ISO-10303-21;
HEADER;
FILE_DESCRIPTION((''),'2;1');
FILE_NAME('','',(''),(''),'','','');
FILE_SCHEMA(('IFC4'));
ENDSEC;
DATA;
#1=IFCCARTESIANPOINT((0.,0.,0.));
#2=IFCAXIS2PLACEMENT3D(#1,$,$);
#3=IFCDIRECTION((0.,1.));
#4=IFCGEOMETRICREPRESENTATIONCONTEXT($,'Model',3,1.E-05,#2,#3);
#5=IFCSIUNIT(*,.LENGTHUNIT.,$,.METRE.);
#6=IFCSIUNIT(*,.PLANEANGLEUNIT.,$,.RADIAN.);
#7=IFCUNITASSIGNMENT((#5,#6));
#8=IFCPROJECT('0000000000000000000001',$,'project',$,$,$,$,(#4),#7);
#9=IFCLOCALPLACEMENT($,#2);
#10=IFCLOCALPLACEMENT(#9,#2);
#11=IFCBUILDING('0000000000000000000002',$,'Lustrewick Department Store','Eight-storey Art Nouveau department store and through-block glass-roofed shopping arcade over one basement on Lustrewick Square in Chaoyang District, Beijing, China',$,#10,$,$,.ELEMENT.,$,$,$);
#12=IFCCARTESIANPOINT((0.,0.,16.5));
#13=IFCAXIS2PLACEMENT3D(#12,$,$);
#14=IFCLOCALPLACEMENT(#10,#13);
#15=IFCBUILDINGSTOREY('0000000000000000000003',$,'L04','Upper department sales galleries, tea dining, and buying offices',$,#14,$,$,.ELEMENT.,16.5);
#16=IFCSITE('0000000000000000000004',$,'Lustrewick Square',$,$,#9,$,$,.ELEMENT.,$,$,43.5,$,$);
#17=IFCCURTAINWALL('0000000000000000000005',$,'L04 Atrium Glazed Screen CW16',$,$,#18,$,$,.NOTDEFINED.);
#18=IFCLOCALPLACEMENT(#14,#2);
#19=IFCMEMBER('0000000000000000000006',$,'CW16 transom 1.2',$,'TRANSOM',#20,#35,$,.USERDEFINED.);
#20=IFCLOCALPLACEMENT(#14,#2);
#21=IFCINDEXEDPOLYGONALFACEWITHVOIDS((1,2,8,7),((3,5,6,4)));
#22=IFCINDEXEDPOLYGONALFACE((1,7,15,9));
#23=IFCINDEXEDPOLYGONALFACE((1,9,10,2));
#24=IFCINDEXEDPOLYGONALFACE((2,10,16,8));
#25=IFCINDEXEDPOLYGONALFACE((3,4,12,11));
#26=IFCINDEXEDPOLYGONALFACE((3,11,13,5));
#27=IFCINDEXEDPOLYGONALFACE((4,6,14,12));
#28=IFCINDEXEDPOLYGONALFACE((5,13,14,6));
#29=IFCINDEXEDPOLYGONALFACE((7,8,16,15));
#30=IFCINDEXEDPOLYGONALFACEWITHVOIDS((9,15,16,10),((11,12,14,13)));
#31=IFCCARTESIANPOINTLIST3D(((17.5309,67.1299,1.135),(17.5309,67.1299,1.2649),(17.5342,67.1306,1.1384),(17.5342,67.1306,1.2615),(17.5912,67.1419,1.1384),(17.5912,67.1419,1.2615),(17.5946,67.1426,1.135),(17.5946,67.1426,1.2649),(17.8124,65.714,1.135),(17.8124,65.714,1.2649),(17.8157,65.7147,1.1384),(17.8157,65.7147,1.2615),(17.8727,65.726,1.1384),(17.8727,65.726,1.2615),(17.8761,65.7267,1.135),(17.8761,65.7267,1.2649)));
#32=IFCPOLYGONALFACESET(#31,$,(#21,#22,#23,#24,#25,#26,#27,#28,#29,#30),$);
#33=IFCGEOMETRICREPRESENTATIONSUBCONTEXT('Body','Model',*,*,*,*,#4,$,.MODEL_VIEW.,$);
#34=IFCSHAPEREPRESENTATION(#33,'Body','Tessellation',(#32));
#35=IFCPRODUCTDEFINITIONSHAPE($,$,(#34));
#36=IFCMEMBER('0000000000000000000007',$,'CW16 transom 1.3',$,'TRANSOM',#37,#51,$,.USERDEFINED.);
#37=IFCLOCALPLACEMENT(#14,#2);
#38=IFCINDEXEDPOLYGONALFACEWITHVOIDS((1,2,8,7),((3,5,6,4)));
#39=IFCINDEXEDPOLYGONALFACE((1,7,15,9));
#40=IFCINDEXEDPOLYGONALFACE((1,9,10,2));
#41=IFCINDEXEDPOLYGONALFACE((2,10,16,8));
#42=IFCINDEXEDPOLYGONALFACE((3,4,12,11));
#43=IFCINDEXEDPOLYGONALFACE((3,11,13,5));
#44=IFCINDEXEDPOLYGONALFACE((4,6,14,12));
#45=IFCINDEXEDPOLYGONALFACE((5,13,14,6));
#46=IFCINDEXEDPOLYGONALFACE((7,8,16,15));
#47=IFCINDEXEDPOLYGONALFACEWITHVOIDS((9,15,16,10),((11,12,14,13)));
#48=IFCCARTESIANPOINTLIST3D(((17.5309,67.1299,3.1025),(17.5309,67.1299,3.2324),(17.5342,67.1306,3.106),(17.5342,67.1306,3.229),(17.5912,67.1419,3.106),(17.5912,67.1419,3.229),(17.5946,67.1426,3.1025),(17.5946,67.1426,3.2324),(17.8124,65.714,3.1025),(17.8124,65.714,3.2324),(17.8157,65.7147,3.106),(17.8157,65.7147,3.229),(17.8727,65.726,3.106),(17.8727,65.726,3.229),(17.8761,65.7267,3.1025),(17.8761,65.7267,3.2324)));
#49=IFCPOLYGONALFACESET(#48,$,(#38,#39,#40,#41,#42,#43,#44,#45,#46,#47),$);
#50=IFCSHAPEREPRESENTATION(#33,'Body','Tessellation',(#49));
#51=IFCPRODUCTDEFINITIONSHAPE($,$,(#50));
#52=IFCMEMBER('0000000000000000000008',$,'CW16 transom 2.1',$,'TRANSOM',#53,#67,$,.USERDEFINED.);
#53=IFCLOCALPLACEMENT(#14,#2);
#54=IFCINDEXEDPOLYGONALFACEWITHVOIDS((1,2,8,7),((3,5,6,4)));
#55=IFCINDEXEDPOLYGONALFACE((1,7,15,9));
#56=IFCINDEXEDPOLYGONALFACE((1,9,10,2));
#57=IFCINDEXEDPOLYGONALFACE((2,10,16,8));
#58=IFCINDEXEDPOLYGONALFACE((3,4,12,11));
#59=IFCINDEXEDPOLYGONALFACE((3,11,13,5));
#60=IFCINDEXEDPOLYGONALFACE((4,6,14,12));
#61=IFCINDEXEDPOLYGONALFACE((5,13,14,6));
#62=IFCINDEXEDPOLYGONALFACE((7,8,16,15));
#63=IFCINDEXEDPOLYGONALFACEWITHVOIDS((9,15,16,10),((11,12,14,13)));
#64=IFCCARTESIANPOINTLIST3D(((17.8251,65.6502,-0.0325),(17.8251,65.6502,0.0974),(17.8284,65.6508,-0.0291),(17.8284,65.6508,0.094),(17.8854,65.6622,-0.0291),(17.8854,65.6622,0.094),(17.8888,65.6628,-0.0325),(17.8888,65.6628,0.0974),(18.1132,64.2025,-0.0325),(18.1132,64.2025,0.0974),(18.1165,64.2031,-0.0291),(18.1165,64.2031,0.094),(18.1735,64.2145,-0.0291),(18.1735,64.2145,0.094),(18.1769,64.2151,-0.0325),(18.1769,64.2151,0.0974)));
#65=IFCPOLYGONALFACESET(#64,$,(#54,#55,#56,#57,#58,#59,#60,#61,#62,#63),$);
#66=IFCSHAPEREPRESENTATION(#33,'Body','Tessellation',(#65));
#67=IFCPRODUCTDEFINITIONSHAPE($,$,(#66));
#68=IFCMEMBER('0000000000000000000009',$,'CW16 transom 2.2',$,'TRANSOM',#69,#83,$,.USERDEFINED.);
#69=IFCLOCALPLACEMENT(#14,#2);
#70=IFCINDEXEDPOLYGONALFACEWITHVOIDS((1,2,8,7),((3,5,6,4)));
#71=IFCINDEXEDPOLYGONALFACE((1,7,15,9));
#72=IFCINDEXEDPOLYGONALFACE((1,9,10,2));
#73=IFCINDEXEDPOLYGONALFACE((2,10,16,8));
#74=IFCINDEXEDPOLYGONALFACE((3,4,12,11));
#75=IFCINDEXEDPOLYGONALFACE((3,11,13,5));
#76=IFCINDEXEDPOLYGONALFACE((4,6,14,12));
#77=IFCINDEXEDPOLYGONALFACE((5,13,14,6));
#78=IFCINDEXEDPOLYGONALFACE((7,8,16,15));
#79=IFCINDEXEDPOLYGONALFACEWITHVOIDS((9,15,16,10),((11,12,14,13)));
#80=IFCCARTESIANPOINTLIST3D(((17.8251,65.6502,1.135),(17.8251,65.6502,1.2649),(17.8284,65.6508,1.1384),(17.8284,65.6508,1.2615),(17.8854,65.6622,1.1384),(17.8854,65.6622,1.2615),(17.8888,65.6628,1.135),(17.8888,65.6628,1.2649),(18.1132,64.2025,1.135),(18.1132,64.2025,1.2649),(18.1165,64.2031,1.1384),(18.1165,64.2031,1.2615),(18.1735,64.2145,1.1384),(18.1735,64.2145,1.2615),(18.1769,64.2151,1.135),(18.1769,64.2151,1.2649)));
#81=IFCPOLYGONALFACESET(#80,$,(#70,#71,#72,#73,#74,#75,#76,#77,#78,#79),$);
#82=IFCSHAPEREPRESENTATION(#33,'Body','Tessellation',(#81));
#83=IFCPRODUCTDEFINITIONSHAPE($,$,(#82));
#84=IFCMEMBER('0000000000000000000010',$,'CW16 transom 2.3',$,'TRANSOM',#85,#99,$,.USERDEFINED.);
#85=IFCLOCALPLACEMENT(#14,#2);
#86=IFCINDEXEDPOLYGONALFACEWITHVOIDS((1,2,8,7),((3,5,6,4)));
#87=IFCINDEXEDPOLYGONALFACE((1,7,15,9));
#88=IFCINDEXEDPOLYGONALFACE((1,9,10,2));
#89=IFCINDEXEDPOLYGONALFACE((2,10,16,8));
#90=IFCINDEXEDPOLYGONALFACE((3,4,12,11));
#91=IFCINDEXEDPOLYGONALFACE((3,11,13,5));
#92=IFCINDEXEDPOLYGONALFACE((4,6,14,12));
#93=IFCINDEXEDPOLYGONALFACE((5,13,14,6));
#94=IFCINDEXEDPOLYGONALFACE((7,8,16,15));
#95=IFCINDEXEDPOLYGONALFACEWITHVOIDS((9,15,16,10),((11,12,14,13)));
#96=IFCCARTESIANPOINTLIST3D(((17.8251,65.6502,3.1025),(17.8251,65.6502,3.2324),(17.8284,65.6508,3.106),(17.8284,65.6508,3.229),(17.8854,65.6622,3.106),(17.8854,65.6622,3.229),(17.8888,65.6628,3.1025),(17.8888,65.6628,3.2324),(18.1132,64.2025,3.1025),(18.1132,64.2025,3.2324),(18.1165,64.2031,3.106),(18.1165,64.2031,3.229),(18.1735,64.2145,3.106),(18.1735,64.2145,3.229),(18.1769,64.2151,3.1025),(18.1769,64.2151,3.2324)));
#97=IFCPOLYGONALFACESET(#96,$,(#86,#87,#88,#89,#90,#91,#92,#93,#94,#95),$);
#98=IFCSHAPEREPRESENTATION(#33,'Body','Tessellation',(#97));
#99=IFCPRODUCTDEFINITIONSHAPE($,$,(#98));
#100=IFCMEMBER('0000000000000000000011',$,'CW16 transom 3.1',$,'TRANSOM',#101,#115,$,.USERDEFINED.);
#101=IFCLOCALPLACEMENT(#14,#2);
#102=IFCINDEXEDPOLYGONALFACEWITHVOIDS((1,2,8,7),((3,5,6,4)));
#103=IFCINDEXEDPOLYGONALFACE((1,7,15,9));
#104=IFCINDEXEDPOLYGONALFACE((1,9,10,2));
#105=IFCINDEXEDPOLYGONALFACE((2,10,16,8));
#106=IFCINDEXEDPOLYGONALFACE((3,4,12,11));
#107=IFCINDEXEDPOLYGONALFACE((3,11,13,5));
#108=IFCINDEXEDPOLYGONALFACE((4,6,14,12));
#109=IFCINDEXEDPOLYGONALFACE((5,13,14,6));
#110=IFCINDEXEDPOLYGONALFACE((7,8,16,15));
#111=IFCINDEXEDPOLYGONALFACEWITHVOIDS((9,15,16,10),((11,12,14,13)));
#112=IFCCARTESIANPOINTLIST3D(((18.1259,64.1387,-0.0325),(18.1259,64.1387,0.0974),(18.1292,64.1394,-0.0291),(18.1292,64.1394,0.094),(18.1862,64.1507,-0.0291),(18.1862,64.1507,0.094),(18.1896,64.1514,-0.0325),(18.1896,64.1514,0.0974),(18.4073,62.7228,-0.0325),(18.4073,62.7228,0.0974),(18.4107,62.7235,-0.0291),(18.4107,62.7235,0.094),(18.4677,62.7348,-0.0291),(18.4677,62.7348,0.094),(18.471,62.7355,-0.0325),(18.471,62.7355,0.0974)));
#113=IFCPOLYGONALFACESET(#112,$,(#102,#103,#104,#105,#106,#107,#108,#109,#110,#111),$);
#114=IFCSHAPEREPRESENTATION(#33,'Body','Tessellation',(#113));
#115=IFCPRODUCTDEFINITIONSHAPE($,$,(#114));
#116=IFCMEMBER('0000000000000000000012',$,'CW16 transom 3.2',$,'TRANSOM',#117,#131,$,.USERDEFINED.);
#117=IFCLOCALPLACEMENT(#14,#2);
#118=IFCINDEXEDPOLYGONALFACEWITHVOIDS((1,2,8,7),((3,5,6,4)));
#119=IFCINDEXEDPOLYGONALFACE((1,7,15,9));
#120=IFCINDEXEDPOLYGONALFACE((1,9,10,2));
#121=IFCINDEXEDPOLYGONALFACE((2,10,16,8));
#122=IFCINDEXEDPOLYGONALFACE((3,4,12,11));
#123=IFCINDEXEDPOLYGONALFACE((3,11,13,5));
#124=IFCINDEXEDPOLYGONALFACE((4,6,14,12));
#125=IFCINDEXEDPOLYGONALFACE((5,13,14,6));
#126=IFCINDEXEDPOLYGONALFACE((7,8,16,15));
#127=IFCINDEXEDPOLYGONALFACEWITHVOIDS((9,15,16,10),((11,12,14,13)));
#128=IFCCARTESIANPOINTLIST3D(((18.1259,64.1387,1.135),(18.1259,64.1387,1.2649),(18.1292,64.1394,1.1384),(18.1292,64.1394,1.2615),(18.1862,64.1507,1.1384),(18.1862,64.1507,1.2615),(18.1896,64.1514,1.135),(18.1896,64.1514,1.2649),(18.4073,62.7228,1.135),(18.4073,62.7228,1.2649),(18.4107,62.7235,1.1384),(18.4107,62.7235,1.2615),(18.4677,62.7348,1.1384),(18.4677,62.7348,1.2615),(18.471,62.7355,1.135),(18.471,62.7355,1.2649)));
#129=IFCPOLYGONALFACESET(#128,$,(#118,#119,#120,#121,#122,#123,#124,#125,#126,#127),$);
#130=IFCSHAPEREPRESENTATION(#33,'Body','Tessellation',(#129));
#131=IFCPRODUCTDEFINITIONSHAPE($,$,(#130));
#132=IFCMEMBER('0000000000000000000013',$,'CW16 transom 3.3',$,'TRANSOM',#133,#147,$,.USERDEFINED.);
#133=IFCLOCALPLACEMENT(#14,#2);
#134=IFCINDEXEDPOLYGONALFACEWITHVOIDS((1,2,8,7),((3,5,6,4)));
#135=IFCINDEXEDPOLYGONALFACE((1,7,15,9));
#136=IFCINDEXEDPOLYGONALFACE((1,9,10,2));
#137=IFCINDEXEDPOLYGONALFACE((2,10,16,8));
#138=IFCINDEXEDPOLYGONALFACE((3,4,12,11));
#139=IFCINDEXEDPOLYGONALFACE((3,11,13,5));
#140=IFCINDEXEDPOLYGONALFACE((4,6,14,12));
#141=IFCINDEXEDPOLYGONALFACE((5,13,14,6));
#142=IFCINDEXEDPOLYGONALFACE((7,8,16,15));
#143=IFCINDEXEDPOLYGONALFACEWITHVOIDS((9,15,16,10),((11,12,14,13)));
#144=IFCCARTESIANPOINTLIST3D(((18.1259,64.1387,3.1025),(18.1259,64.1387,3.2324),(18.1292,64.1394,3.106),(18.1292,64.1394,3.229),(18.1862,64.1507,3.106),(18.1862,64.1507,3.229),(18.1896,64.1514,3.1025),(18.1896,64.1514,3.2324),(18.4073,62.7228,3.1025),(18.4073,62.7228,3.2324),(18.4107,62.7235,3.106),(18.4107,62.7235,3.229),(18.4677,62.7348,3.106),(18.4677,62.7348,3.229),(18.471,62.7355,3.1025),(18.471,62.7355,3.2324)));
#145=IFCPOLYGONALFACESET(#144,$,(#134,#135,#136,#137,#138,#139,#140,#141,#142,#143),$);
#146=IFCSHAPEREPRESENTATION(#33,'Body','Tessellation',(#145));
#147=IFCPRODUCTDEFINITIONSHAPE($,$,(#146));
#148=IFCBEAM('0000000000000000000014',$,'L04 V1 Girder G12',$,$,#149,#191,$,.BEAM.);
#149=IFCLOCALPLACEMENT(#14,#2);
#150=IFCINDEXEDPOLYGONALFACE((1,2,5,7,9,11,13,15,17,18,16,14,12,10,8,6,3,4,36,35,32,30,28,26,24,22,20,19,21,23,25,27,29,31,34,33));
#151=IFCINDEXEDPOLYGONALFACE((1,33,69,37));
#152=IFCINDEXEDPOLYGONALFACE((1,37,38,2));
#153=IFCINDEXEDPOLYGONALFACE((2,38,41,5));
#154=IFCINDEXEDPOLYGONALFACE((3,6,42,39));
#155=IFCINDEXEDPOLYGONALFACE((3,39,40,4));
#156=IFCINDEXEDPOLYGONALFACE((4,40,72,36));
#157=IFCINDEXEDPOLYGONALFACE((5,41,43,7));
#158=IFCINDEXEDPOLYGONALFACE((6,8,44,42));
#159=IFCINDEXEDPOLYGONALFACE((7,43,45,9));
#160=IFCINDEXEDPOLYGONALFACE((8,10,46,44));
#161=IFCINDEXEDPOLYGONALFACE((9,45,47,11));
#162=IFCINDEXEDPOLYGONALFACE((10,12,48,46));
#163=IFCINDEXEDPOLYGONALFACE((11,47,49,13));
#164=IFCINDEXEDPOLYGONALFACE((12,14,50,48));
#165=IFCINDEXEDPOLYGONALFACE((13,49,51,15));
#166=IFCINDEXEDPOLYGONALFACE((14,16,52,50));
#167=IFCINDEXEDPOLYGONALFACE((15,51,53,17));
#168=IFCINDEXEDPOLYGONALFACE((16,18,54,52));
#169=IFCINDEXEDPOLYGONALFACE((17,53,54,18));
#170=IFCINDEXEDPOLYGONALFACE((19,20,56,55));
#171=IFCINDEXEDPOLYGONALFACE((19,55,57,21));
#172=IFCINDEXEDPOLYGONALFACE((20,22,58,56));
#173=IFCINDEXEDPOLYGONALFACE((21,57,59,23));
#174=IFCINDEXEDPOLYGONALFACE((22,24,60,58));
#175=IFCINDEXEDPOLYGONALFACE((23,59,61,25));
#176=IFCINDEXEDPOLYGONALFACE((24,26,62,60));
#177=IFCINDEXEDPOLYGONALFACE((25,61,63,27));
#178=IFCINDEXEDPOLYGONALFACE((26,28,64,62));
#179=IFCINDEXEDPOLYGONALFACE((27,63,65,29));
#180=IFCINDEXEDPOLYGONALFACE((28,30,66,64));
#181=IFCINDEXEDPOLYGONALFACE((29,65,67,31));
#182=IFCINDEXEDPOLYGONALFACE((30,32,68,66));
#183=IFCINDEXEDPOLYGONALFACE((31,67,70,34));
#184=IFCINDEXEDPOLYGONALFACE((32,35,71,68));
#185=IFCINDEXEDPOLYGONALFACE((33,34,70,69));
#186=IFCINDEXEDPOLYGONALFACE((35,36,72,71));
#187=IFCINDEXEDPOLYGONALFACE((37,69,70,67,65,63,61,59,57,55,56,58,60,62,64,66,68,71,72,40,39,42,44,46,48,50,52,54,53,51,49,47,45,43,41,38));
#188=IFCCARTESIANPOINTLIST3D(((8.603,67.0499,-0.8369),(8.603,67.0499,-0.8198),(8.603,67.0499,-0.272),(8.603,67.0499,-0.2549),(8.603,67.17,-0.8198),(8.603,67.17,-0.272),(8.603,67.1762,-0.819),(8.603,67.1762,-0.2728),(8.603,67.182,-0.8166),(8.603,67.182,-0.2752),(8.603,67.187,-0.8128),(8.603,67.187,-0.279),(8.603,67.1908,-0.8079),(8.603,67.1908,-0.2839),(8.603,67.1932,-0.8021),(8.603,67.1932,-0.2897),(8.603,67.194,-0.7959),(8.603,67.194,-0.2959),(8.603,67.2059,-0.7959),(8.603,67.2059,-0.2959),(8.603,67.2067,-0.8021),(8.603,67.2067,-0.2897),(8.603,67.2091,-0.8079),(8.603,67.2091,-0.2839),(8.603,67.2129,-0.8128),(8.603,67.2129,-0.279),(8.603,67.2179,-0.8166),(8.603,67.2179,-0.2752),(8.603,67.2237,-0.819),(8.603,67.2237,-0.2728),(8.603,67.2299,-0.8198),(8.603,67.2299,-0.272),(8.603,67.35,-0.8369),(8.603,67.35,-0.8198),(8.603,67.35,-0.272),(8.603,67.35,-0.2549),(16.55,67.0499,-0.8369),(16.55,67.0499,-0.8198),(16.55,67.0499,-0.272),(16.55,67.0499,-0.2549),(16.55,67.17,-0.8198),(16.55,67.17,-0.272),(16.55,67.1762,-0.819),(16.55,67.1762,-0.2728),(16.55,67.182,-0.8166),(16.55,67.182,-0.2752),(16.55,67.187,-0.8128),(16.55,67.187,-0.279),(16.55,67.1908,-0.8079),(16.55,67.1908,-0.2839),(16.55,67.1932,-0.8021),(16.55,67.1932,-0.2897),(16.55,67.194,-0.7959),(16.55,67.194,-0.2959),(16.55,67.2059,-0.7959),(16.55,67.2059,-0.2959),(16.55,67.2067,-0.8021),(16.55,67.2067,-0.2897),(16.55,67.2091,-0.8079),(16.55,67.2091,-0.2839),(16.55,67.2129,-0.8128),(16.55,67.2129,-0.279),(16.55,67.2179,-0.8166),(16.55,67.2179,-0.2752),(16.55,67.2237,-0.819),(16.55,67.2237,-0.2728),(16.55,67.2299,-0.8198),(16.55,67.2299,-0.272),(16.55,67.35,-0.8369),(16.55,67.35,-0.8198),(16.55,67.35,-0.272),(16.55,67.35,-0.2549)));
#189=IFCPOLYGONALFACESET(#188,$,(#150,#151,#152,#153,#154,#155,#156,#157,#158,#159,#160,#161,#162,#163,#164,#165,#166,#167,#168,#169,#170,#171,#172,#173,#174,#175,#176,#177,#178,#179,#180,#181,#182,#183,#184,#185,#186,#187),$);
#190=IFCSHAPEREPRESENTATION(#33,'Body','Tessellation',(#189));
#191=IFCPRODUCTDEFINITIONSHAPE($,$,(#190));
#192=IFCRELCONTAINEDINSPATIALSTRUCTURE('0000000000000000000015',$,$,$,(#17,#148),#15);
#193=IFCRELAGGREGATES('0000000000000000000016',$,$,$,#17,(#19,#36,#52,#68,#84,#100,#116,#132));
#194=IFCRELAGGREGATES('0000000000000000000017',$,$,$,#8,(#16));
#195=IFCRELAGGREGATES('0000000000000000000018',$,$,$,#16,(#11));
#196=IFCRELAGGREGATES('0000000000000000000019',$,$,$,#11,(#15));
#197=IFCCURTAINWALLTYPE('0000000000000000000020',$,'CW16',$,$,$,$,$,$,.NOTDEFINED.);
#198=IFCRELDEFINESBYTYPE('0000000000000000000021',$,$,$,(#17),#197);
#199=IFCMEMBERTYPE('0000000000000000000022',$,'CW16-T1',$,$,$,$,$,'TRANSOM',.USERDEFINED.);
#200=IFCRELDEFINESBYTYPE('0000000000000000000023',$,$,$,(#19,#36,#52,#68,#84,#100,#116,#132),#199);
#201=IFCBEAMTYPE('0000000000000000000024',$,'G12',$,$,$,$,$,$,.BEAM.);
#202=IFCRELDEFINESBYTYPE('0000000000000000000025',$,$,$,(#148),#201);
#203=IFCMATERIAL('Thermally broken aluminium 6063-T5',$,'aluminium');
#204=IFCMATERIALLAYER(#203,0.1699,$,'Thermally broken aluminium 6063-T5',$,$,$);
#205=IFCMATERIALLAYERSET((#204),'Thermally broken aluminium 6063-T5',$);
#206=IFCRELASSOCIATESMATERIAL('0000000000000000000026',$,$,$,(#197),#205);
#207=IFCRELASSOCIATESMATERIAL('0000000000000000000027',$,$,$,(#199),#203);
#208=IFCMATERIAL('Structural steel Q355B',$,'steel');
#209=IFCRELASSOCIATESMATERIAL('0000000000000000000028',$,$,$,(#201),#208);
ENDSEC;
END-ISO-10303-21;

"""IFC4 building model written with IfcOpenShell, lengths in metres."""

from ifc_helpers import new_model, si_unit, direction, frame, origin, origin_2d, place, context, subcontext, project, spatial, hollow_rectangle, i_section, extrude, material, layer, layer_set, material_profile, profile_set, type_object, element, aggregate, save


model = new_model("IFC4")

# Units and contexts
model_context = context("Model", 3, precision=1e-05, world=origin(), true_north=direction((0.0, 1.0)))
body_context = subcontext(model_context, "Body", "Model", "MODEL_VIEW")
ifc_project = project(units=[si_unit("LENGTHUNIT", "METRE"), si_unit("PLANEANGLEUNIT", "RADIAN")], contexts=[model_context])

# Site, building, storey
site_placement = place(None, origin())
site = spatial("IfcSite", under=ifc_project, at=site_placement, Name="Lustrewick Square", CompositionType="ELEMENT", RefElevation=43.5)
building_placement = place(site_placement, origin())
building = spatial("IfcBuilding", under=site, at=building_placement, Name="Lustrewick Department Store", Description="Eight-storey Art Nouveau department store and through-block glass-roofed shopping arcade over one basement on Lustrewick Square in Chaoyang District, Beijing, China", CompositionType="ELEMENT")
storey_placement = place(building_placement, frame((0.0, 0.0, 16.5)))
storey = spatial("IfcBuildingStorey", under=building, at=storey_placement, Name="L04", Description="Upper department sales galleries, tea dining, and buying offices", CompositionType="ELEMENT", Elevation=16.5)

# Shared definitions
ifc_material_1 = material(Name="Structural steel Q355B", Category="steel")

# Curtain wall, members
ifc_material_2 = material(Name="Thermally broken aluminium 6063-T5", Category="aluminium")
ifc_layer_1 = layer(ifc_material_2, 0.1699, Name="Thermally broken aluminium 6063-T5")
ifc_layer_set_1 = layer_set([ifc_layer_1], Name="Thermally broken aluminium 6063-T5")
curtain_wall_type = type_object("IfcCurtainWallType", Name="CW16", PredefinedType="NOTDEFINED", material=ifc_layer_set_1)
curtain_wall_placement = place(storey_placement, origin())
curtain_wall = element("IfcCurtainWall", 1, at=curtain_wall_placement, inside=storey, type_object=curtain_wall_type, Name="L04 Atrium Glazed Screen CW16", PredefinedType="NOTDEFINED")
ifc_material_profile_1 = material_profile(ifc_material_2, hollow_rectangle(XDim=0.0649, YDim=0.1299, WallThickness=0.0034, at=origin_2d()), Name="ALU-T 65x130x3.5")
ifc_profile_set_1 = profile_set([ifc_material_profile_1], Name="Thermally broken aluminium 6063-T5")
member_type_1 = type_object("IfcMemberType", Name="CW16-T1", ElementType="TRANSOM", PredefinedType="USERDEFINED", material=ifc_profile_set_1)
member_1_placement = place(storey_placement, frame((17.5627, 67.1362, 1.2), z_axis=(0.194978, -0.980808, 0.0), x_axis=(0.980808, 0.194978, 0.0)))
member_1 = element("IfcMember", 2, at=member_1_placement, type_object=member_type_1, Name="CW16 transom 1.2", ObjectType="TRANSOM", PredefinedType="USERDEFINED", context=body_context, shape_type="SweptSolid", body=[
    extrude(hollow_rectangle(XDim=0.0649, YDim=0.1299, WallThickness=0.0034, at=origin_2d()), origin(), (0.0, 0.0, 1.0), 1.4436),
])
member_2_placement = place(storey_placement, frame((17.5627, 67.1362, 3.1675), z_axis=(0.194978, -0.980808, 0.0), x_axis=(0.980808, 0.194978, 0.0)))
member_2 = element("IfcMember", 3, at=member_2_placement, type_object=member_type_1, Name="CW16 transom 1.3", ObjectType="TRANSOM", PredefinedType="USERDEFINED", context=body_context, shape_type="SweptSolid", body=[
    extrude(hollow_rectangle(XDim=0.0649, YDim=0.1299, WallThickness=0.0034, at=origin_2d()), origin(), (0.0, 0.0, 1.0), 1.4436),
])
member_3_placement = place(storey_placement, frame((17.8569, 65.6565, 0.0325), z_axis=(0.195162, -0.980771, 0.0), x_axis=(0.980771, 0.195162, 0.0)))
member_3 = element("IfcMember", 4, at=member_3_placement, type_object=member_type_1, Name="CW16 transom 2.1", ObjectType="TRANSOM", PredefinedType="USERDEFINED", context=body_context, shape_type="SweptSolid", body=[
    extrude(hollow_rectangle(XDim=0.0649, YDim=0.1299, WallThickness=0.0034, at=origin_2d()), origin(), (0.0, 0.0, 1.0), 1.4761),
])
member_4_placement = place(storey_placement, frame((17.8569, 65.6565, 1.2), z_axis=(0.195162, -0.980771, 0.0), x_axis=(0.980771, 0.195162, 0.0)))
member_4 = element("IfcMember", 5, at=member_4_placement, type_object=member_type_1, Name="CW16 transom 2.2", ObjectType="TRANSOM", PredefinedType="USERDEFINED", context=body_context, shape_type="SweptSolid", body=[
    extrude(hollow_rectangle(XDim=0.0649, YDim=0.1299, WallThickness=0.0034, at=origin_2d()), origin(), (0.0, 0.0, 1.0), 1.4761),
])
member_5_placement = place(storey_placement, frame((17.8569, 65.6565, 3.1675), z_axis=(0.195162, -0.980771, 0.0), x_axis=(0.980771, 0.195162, 0.0)))
member_5 = element("IfcMember", 6, at=member_5_placement, type_object=member_type_1, Name="CW16 transom 2.3", ObjectType="TRANSOM", PredefinedType="USERDEFINED", context=body_context, shape_type="SweptSolid", body=[
    extrude(hollow_rectangle(XDim=0.0649, YDim=0.1299, WallThickness=0.0034, at=origin_2d()), origin(), (0.0, 0.0, 1.0), 1.4761),
])
member_6_placement = place(storey_placement, frame((18.1577, 64.145, 0.0325), z_axis=(0.194978, -0.980808, 0.0), x_axis=(0.980808, 0.194978, 0.0)))
member_6 = element("IfcMember", 7, at=member_6_placement, type_object=member_type_1, Name="CW16 transom 3.1", ObjectType="TRANSOM", PredefinedType="USERDEFINED", context=body_context, shape_type="SweptSolid", body=[
    extrude(hollow_rectangle(XDim=0.0649, YDim=0.1299, WallThickness=0.0034, at=origin_2d()), origin(), (0.0, 0.0, 1.0), 1.4436),
])
member_7_placement = place(storey_placement, frame((18.1577, 64.145, 1.2), z_axis=(0.194978, -0.980808, 0.0), x_axis=(0.980808, 0.194978, 0.0)))
member_7 = element("IfcMember", 8, at=member_7_placement, type_object=member_type_1, Name="CW16 transom 3.2", ObjectType="TRANSOM", PredefinedType="USERDEFINED", context=body_context, shape_type="SweptSolid", body=[
    extrude(hollow_rectangle(XDim=0.0649, YDim=0.1299, WallThickness=0.0034, at=origin_2d()), origin(), (0.0, 0.0, 1.0), 1.4436),
])
member_8_placement = place(storey_placement, frame((18.1577, 64.145, 3.1675), z_axis=(0.194978, -0.980808, 0.0), x_axis=(0.980808, 0.194978, 0.0)))
member_8 = element("IfcMember", 9, at=member_8_placement, type_object=member_type_1, Name="CW16 transom 3.3", ObjectType="TRANSOM", PredefinedType="USERDEFINED", context=body_context, shape_type="SweptSolid", body=[
    extrude(hollow_rectangle(XDim=0.0649, YDim=0.1299, WallThickness=0.0034, at=origin_2d()), origin(), (0.0, 0.0, 1.0), 1.4436),
])

# Beam
ifc_material_profile_2 = material_profile(ifc_material_1, i_section(OverallWidth=0.3, OverallDepth=0.582, WebThickness=0.012, FlangeThickness=0.0171, FilletRadius=0.0239, at=origin_2d()), Name="HM 582x300x12x17")
ifc_profile_set_2 = profile_set([ifc_material_profile_2], Name="Structural steel Q355B")
beam_type = type_object("IfcBeamType", Name="G12", PredefinedType="BEAM", material=ifc_profile_set_2)
beam_placement = place(storey_placement, frame((8.603, 67.2, -0.5459), z_axis=(1.0, 0.0, 0.0), x_axis=(0.0, 1.0, 0.0)))
element("IfcBeam", 10, at=beam_placement, inside=storey, type_object=beam_type, Name="L04 V1 Girder G12", PredefinedType="BEAM", context=body_context, shape_type="SweptSolid", body=[
    extrude(i_section(OverallWidth=0.3, OverallDepth=0.582, WebThickness=0.012, FlangeThickness=0.0171, FilletRadius=0.0239, at=origin_2d()), origin(), (0.0, 0.0, 1.0), 7.947),
])

aggregate(curtain_wall, [member_1, member_2, member_3, member_4, member_5, member_6, member_7, member_8])

save(model, "model.ifc")
